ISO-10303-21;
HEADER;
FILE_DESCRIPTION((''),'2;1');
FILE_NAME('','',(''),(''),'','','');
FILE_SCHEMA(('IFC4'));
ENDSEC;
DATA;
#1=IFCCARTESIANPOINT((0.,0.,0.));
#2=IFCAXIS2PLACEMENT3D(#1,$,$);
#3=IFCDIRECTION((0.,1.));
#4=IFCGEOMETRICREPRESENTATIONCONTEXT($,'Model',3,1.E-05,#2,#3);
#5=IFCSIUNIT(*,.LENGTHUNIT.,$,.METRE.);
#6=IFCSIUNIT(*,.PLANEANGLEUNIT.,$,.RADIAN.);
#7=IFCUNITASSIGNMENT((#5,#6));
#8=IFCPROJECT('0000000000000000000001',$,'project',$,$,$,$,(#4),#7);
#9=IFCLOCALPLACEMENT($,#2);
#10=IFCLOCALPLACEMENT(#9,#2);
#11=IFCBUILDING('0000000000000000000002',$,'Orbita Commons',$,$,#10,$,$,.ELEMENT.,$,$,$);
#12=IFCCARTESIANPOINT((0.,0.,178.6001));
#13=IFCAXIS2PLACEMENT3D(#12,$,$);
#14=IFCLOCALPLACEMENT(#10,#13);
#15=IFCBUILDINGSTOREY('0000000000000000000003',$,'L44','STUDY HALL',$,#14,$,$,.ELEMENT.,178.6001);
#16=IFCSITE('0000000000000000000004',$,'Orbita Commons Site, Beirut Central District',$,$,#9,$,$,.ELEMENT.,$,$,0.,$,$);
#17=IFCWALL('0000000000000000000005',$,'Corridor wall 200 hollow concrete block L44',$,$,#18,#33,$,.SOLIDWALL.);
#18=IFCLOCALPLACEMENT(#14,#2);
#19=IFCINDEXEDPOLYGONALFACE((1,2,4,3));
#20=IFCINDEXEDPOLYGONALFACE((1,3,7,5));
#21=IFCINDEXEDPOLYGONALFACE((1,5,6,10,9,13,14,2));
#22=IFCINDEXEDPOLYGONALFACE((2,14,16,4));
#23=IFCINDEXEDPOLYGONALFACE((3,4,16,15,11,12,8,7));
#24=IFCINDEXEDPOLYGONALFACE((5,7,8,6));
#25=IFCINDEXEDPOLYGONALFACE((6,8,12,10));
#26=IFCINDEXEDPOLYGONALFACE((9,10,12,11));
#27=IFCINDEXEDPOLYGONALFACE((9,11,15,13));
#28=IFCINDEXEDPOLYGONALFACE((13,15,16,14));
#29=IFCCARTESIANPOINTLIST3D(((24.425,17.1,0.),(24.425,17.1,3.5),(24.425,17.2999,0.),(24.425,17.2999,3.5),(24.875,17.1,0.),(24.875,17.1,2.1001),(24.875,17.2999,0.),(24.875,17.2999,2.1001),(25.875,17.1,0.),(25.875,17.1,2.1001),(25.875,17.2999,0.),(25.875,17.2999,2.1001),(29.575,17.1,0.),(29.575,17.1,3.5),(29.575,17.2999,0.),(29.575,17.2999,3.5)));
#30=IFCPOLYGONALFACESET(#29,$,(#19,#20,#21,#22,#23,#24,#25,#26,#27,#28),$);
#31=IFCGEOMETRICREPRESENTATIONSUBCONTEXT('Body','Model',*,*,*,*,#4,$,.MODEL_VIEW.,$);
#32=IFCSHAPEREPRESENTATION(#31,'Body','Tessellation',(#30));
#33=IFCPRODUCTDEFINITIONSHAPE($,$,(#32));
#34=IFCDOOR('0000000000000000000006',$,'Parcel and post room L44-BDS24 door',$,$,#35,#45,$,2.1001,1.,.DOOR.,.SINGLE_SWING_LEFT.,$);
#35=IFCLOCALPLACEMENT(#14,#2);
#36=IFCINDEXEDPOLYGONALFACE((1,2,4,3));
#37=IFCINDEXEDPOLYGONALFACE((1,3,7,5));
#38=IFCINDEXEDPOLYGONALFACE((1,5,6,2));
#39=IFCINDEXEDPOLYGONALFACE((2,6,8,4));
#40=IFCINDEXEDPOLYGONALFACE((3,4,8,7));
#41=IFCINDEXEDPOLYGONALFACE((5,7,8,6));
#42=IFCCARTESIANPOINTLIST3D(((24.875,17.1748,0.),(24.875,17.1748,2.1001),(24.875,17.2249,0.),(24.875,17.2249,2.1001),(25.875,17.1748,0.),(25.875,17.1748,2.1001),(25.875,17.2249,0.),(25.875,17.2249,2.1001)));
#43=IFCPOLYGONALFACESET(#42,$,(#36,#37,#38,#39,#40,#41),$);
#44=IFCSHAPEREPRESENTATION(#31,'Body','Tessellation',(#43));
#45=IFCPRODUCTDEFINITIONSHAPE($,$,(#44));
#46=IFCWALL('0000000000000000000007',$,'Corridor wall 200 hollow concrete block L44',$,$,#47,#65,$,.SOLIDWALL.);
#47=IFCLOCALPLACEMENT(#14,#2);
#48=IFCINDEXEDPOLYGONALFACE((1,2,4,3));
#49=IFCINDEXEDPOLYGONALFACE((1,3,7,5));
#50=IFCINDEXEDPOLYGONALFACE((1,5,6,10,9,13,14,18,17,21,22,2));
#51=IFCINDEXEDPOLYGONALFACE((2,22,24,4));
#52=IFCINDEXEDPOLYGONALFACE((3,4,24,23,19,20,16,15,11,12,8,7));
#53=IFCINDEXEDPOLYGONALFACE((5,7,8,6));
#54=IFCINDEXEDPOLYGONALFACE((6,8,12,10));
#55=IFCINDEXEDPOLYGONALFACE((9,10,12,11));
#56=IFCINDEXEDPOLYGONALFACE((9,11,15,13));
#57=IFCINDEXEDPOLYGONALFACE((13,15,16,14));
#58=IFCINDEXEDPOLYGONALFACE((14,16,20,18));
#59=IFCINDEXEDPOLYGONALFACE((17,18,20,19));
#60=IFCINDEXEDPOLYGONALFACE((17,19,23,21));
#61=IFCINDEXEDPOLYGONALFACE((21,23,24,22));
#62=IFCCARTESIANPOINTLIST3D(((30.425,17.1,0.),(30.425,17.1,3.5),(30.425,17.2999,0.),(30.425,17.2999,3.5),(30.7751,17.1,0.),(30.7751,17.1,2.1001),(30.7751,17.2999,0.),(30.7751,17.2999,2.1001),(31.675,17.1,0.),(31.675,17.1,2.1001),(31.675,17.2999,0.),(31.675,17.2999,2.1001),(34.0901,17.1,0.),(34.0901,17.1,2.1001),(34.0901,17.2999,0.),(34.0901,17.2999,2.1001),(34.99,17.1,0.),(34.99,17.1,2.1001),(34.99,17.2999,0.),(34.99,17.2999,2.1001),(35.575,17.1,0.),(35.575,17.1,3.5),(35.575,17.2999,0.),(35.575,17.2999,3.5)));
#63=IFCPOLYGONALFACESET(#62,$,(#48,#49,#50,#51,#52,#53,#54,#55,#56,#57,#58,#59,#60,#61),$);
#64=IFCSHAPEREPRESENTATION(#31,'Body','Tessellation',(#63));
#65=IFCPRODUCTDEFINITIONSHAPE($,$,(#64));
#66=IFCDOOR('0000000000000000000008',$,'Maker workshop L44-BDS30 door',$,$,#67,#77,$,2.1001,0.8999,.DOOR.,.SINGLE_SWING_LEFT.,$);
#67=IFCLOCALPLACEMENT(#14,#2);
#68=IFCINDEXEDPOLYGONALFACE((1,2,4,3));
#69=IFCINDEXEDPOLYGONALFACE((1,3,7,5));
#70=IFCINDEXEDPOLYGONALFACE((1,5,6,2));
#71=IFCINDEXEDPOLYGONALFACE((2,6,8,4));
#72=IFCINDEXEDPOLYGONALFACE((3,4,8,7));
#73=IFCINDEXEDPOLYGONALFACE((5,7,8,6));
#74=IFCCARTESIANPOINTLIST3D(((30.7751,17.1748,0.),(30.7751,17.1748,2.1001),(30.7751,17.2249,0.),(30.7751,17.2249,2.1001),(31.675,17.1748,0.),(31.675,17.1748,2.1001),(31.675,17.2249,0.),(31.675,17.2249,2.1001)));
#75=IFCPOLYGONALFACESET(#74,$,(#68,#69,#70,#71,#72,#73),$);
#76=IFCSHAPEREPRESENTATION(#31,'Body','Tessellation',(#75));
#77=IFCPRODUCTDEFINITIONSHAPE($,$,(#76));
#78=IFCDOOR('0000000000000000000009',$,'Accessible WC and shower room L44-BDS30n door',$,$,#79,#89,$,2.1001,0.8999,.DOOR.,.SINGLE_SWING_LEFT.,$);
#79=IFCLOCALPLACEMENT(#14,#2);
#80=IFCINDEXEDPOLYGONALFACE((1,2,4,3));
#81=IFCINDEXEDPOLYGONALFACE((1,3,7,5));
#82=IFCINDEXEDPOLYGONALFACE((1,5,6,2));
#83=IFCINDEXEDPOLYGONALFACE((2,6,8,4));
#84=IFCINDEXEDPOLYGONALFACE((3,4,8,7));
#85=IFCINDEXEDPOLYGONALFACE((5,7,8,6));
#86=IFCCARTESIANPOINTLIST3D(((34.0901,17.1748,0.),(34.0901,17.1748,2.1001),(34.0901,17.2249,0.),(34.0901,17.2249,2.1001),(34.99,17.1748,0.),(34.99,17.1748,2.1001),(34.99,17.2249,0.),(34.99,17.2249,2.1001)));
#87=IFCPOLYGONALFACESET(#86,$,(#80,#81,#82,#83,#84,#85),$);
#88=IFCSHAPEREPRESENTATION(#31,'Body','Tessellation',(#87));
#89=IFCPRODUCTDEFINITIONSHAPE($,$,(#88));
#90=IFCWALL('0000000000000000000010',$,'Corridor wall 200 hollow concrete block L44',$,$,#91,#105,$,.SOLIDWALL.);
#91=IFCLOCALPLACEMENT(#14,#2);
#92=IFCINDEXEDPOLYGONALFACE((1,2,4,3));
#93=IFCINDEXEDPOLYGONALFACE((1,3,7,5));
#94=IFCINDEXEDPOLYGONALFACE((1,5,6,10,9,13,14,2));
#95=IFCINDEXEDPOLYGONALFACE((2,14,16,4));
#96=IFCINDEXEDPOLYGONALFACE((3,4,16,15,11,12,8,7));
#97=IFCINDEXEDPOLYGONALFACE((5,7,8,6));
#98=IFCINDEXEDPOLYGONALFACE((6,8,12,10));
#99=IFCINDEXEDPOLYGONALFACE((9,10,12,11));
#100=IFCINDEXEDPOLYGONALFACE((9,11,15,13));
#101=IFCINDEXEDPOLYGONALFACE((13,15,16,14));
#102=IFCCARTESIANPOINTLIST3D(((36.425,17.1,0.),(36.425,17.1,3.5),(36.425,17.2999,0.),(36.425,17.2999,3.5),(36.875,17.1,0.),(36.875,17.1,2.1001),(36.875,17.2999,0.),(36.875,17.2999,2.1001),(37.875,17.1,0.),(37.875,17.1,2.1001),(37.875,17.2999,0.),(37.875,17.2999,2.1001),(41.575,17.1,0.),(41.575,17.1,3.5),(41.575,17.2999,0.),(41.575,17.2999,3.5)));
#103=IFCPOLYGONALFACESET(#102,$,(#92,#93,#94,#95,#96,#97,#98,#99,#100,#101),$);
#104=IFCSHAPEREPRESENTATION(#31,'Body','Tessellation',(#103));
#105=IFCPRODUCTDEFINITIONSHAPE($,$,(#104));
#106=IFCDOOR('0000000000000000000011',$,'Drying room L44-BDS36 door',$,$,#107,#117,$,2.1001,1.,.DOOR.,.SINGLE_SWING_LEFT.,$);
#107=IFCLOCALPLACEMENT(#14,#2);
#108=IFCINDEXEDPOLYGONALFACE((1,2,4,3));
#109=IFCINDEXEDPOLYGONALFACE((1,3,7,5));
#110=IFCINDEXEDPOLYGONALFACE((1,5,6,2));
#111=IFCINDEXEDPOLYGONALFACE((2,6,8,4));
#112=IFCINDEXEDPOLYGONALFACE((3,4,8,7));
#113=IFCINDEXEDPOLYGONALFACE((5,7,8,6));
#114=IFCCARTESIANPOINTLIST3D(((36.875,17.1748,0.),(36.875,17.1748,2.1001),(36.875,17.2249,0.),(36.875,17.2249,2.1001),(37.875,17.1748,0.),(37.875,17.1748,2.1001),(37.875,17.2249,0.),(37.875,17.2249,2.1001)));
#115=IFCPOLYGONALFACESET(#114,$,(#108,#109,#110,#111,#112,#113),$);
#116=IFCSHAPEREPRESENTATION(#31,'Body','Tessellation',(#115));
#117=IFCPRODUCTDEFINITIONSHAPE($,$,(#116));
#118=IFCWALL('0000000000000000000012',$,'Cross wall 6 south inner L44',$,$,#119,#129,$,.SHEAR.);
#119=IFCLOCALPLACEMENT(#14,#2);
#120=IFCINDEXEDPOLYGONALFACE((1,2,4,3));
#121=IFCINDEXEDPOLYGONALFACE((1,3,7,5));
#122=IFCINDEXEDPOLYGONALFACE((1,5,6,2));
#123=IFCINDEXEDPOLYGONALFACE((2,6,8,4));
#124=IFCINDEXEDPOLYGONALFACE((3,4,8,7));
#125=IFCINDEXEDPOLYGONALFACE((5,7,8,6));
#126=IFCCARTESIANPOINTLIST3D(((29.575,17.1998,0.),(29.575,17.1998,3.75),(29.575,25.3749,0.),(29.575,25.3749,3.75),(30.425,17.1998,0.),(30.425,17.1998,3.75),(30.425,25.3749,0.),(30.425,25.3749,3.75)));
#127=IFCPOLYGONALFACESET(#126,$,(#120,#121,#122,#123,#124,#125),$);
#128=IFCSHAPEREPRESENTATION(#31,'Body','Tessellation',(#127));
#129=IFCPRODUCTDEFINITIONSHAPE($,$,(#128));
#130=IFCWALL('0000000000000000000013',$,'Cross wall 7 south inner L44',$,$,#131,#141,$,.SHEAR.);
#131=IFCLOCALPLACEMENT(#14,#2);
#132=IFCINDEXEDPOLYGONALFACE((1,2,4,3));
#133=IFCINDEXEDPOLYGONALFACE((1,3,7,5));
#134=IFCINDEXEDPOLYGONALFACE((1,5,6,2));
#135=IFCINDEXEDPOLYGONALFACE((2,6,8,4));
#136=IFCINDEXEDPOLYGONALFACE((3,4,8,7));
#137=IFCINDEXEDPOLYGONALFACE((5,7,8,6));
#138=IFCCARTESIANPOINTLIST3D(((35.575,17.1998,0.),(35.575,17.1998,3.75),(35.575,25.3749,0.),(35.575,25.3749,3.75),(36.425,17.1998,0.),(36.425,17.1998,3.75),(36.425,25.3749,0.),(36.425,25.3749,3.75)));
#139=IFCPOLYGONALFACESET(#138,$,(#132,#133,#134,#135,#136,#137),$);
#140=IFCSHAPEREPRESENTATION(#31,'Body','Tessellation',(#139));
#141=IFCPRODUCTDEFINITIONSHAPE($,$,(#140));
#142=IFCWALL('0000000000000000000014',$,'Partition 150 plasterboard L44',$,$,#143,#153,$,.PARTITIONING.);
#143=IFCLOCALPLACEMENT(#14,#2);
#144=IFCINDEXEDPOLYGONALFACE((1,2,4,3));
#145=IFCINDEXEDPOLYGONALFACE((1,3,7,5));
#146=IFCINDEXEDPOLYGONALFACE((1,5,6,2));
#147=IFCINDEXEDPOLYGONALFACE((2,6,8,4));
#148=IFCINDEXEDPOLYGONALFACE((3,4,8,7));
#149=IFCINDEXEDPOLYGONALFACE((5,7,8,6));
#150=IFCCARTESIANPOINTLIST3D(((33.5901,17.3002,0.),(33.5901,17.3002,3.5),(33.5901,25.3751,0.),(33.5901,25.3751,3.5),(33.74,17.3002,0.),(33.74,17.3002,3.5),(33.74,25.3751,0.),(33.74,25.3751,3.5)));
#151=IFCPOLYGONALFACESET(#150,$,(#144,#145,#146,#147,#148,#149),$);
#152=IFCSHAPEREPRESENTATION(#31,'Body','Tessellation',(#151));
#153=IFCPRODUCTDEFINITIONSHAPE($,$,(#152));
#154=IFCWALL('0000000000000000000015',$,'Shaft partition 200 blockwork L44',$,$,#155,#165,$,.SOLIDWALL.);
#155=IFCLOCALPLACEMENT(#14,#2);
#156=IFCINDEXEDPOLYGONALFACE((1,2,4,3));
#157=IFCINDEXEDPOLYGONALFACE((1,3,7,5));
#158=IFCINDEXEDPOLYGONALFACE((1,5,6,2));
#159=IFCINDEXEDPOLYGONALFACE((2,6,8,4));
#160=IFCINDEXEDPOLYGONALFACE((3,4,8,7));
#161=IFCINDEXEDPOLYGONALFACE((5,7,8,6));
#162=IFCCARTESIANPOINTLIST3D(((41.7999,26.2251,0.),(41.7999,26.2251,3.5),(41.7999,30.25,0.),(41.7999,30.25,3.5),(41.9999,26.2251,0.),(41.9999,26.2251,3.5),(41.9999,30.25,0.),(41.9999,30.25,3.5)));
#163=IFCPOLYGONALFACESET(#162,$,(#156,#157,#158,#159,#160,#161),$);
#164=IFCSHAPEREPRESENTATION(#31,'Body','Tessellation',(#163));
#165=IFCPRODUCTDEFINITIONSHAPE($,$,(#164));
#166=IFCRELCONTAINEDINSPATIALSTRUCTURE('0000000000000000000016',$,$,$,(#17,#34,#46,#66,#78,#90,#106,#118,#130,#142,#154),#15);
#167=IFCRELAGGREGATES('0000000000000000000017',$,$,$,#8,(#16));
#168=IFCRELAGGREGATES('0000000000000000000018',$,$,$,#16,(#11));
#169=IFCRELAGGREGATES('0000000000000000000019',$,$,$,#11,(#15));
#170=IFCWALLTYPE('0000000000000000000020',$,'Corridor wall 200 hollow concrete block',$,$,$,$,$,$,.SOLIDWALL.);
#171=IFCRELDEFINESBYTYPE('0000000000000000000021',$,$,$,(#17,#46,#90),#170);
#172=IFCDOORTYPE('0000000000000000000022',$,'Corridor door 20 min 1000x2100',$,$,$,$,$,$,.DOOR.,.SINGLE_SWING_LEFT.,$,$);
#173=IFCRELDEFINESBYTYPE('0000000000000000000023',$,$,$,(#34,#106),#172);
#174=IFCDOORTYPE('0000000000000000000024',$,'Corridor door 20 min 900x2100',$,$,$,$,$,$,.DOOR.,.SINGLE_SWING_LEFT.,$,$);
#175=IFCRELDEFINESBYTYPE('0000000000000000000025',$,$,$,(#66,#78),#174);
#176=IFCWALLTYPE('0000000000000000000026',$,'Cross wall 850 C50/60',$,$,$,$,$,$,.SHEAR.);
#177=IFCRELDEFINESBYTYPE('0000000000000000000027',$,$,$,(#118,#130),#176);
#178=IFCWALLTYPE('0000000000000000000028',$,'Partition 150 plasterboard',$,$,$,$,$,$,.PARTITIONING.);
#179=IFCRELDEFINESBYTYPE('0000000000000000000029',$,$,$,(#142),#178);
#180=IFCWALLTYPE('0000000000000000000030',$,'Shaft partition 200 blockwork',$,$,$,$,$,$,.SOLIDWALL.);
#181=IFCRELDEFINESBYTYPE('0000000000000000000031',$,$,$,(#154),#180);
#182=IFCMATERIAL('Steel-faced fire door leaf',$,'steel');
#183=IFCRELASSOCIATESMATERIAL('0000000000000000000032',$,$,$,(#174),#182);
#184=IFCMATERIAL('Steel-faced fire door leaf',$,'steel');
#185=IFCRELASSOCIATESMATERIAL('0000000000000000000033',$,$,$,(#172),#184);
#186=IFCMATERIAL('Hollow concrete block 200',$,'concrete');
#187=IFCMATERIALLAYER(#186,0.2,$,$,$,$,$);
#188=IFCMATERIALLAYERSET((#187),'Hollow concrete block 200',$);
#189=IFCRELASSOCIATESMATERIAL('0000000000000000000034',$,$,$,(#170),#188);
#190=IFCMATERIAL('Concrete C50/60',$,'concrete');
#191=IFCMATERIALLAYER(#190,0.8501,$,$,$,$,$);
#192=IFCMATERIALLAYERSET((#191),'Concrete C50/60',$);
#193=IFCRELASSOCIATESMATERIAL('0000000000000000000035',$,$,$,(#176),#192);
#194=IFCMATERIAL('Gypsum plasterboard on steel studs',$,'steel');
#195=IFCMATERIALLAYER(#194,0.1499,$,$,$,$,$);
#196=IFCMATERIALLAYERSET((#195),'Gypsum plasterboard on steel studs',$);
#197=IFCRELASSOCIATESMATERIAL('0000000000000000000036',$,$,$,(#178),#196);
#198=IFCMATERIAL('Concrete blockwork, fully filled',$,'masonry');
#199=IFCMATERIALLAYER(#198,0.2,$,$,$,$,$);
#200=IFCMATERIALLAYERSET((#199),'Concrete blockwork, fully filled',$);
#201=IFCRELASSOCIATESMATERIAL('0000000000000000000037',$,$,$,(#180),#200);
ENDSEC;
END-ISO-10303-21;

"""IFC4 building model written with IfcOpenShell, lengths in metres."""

from ifc_helpers import new_model, si_unit, direction, frame, frame_2d, origin, place, context, subcontext, project, spatial, rectangle, extrude, material, layer, layer_set, type_object, element, fill, save


model = new_model("IFC4")

# Units and contexts
model_context = context("Model", 3, precision=1e-05, world=origin(), true_north=direction((0.0, 1.0)))
body_context = subcontext(model_context, "Body", "Model", "MODEL_VIEW")
ifc_project = project(units=[si_unit("LENGTHUNIT", "METRE"), si_unit("PLANEANGLEUNIT", "RADIAN")], contexts=[model_context])

# Site, building, storey
site_placement = place(None, origin())
site = spatial("IfcSite", under=ifc_project, at=site_placement, Name="Orbita Commons Site, Beirut Central District", CompositionType="ELEMENT", RefElevation=0.0)
building_placement = place(site_placement, origin())
building = spatial("IfcBuilding", under=site, at=building_placement, Name="Orbita Commons", CompositionType="ELEMENT")
storey_placement = place(building_placement, frame((0.0, 0.0, 178.6001)))
storey = spatial("IfcBuildingStorey", under=building, at=storey_placement, Name="L44", Description="STUDY HALL", CompositionType="ELEMENT", Elevation=178.6001)

# Wall, opening, door
ifc_material_1 = material(Name="Steel-faced fire door leaf", Category="steel")
door_type_1 = type_object("IfcDoorType", Name="Corridor door 20 min 900x2100", OperationType="SINGLE_SWING_LEFT", PredefinedType="DOOR", material=ifc_material_1)
ifc_material_2 = material(Name="Steel-faced fire door leaf", Category="steel")
door_type_2 = type_object("IfcDoorType", Name="Corridor door 20 min 1000x2100", OperationType="SINGLE_SWING_LEFT", PredefinedType="DOOR", material=ifc_material_2)
ifc_material_3 = material(Name="Hollow concrete block 200", Category="concrete")
ifc_layer_1 = layer(ifc_material_3, 0.2)
ifc_layer_set_1 = layer_set([ifc_layer_1], Name="Hollow concrete block 200")
wall_type_1 = type_object("IfcWallType", Name="Corridor wall 200 hollow concrete block", PredefinedType="SOLIDWALL", material=ifc_layer_set_1)
wall_1_placement = place(storey_placement, frame((24.425, 17.2, 0.0), z_axis=(0.0, 0.0, 1.0), x_axis=(1.0, 0.0, 0.0)))
wall_1 = element("IfcWall", 1, at=wall_1_placement, inside=storey, type_object=wall_type_1, Name="Corridor wall 200 hollow concrete block L44", PredefinedType="SOLIDWALL", context=body_context, shape_type="SweptSolid", body=[
    extrude(rectangle(XDim=5.1499, YDim=0.2, at=frame_2d((2.575, 0.0))), origin(), (0.0, 0.0, 1.0), 3.5),
])
opening_1_placement = place(wall_1_placement, frame((0.45, 0.0, 0.0)))
opening_1 = element("IfcOpeningElement", 2, at=opening_1_placement, cuts=wall_1, PredefinedType="OPENING", context=body_context, shape_type="SweptSolid", body=[
    extrude(rectangle(XDim=1.0, YDim=2.1001, at=frame_2d((0.5, 1.05))), frame((0.0, 0.1099, 0.0), z_axis=(0.0, -1.0, 0.0), x_axis=(1.0, 0.0, 0.0)), (0.0, 0.0, 1.0), 0.22),
])
door_1_placement = place(opening_1_placement, origin())
door_1 = element("IfcDoor", 3, at=door_1_placement, inside=storey, type_object=door_type_2, Name="Parcel and post room L44-BDS24 door", OperationType="SINGLE_SWING_LEFT", OverallHeight=2.1001, OverallWidth=1.0, PredefinedType="DOOR", context=body_context, shape_type="SweptSolid", body=[
    extrude(rectangle(XDim=1.0, YDim=2.1001, at=frame_2d((0.5, 1.05))), frame((0.0, 0.0249, 0.0), z_axis=(0.0, -1.0, 0.0), x_axis=(1.0, 0.0, 0.0)), (0.0, 0.0, 1.0), 0.05),
])
fill(opening_1, door_1)

# Wall, openings, doors
wall_2_placement = place(storey_placement, frame((30.425, 17.2, 0.0), z_axis=(0.0, 0.0, 1.0), x_axis=(1.0, 0.0, 0.0)))
wall_2 = element("IfcWall", 4, at=wall_2_placement, inside=storey, type_object=wall_type_1, Name="Corridor wall 200 hollow concrete block L44", PredefinedType="SOLIDWALL", context=body_context, shape_type="SweptSolid", body=[
    extrude(rectangle(XDim=5.1499, YDim=0.2, at=frame_2d((2.575, 0.0))), origin(), (0.0, 0.0, 1.0), 3.5),
])
opening_2_placement = place(wall_2_placement, frame((0.3501, 0.0, 0.0)))
opening_2 = element("IfcOpeningElement", 5, at=opening_2_placement, cuts=wall_2, PredefinedType="OPENING", context=body_context, shape_type="SweptSolid", body=[
    extrude(rectangle(XDim=0.8999, YDim=2.1001, at=frame_2d((0.45, 1.05))), frame((0.0, 0.1099, 0.0), z_axis=(0.0, -1.0, 0.0), x_axis=(1.0, 0.0, 0.0)), (0.0, 0.0, 1.0), 0.22),
])
opening_3_placement = place(wall_2_placement, frame((3.665, 0.0, 0.0)))
opening_3 = element("IfcOpeningElement", 6, at=opening_3_placement, cuts=wall_2, PredefinedType="OPENING", context=body_context, shape_type="SweptSolid", body=[
    extrude(rectangle(XDim=0.8999, YDim=2.1001, at=frame_2d((0.45, 1.05))), frame((0.0, 0.1099, 0.0), z_axis=(0.0, -1.0, 0.0), x_axis=(1.0, 0.0, 0.0)), (0.0, 0.0, 1.0), 0.22),
])
door_2_placement = place(opening_2_placement, origin())
door_2 = element("IfcDoor", 7, at=door_2_placement, inside=storey, type_object=door_type_1, Name="Maker workshop L44-BDS30 door", OperationType="SINGLE_SWING_LEFT", OverallHeight=2.1001, OverallWidth=0.8999, PredefinedType="DOOR", context=body_context, shape_type="SweptSolid", body=[
    extrude(rectangle(XDim=0.8999, YDim=2.1001, at=frame_2d((0.45, 1.05))), frame((0.0, 0.0249, 0.0), z_axis=(0.0, -1.0, 0.0), x_axis=(1.0, 0.0, 0.0)), (0.0, 0.0, 1.0), 0.05),
])
fill(opening_2, door_2)
door_3_placement = place(opening_3_placement, origin())
door_3 = element("IfcDoor", 8, at=door_3_placement, inside=storey, type_object=door_type_1, Name="Accessible WC and shower room L44-BDS30n door", OperationType="SINGLE_SWING_LEFT", OverallHeight=2.1001, OverallWidth=0.8999, PredefinedType="DOOR", context=body_context, shape_type="SweptSolid", body=[
    extrude(rectangle(XDim=0.8999, YDim=2.1001, at=frame_2d((0.45, 1.05))), frame((0.0, 0.0249, 0.0), z_axis=(0.0, -1.0, 0.0), x_axis=(1.0, 0.0, 0.0)), (0.0, 0.0, 1.0), 0.05),
])
fill(opening_3, door_3)

# Wall, opening, door
wall_3_placement = place(storey_placement, frame((36.425, 17.2, 0.0), z_axis=(0.0, 0.0, 1.0), x_axis=(1.0, 0.0, 0.0)))
wall_3 = element("IfcWall", 9, at=wall_3_placement, inside=storey, type_object=wall_type_1, Name="Corridor wall 200 hollow concrete block L44", PredefinedType="SOLIDWALL", context=body_context, shape_type="SweptSolid", body=[
    extrude(rectangle(XDim=5.1499, YDim=0.2, at=frame_2d((2.575, 0.0))), origin(), (0.0, 0.0, 1.0), 3.5),
])
opening_4_placement = place(wall_3_placement, frame((0.45, 0.0, 0.0)))
opening_4 = element("IfcOpeningElement", 10, at=opening_4_placement, cuts=wall_3, PredefinedType="OPENING", context=body_context, shape_type="SweptSolid", body=[
    extrude(rectangle(XDim=1.0, YDim=2.1001, at=frame_2d((0.5, 1.05))), frame((0.0, 0.1099, 0.0), z_axis=(0.0, -1.0, 0.0), x_axis=(1.0, 0.0, 0.0)), (0.0, 0.0, 1.0), 0.22),
])
door_4_placement = place(opening_4_placement, origin())
door_4 = element("IfcDoor", 11, at=door_4_placement, inside=storey, type_object=door_type_2, Name="Drying room L44-BDS36 door", OperationType="SINGLE_SWING_LEFT", OverallHeight=2.1001, OverallWidth=1.0, PredefinedType="DOOR", context=body_context, shape_type="SweptSolid", body=[
    extrude(rectangle(XDim=1.0, YDim=2.1001, at=frame_2d((0.5, 1.05))), frame((0.0, 0.0249, 0.0), z_axis=(0.0, -1.0, 0.0), x_axis=(1.0, 0.0, 0.0)), (0.0, 0.0, 1.0), 0.05),
])
fill(opening_4, door_4)

# Walls
ifc_material_4 = material(Name="Concrete C50/60", Category="concrete")
ifc_layer_2 = layer(ifc_material_4, 0.8501)
ifc_layer_set_2 = layer_set([ifc_layer_2], Name="Concrete C50/60")
wall_type_2 = type_object("IfcWallType", Name="Cross wall 850 C50/60", PredefinedType="SHEAR", material=ifc_layer_set_2)
for number, where, z_axis, x_axis, name in (
    (12, (30.0, 17.2, 0.0), (0.0, 0.0, 1.0), (0.0, 1.0, 0.0), "Cross wall 6 south inner L44"),
    (13, (36.0, 17.2, 0.0), (0.0, 0.0, 1.0), (0.0, 1.0, 0.0), "Cross wall 7 south inner L44"),
):
    element("IfcWall", number, at=place(storey_placement, frame(where, z_axis=z_axis, x_axis=x_axis)), inside=storey, type_object=wall_type_2, Name=name, PredefinedType="SHEAR", context=body_context, shape_type="SweptSolid", body=[
        extrude(rectangle(XDim=8.175, YDim=0.8501, at=frame_2d((4.0874, 0.0))), origin(), (0.0, 0.0, 1.0), 3.75),
    ])
ifc_material_5 = material(Name="Gypsum plasterboard on steel studs", Category="steel")
ifc_layer_3 = layer(ifc_material_5, 0.1499)
ifc_layer_set_3 = layer_set([ifc_layer_3], Name="Gypsum plasterboard on steel studs")
wall_type_3 = type_object("IfcWallType", Name="Partition 150 plasterboard", PredefinedType="PARTITIONING", material=ifc_layer_set_3)
wall_4_placement = place(storey_placement, frame((33.665, 17.3, 0.0), z_axis=(0.0, 0.0, 1.0), x_axis=(0.0, 1.0, 0.0)))
element("IfcWall", 14, at=wall_4_placement, inside=storey, type_object=wall_type_3, Name="Partition 150 plasterboard L44", PredefinedType="PARTITIONING", context=body_context, shape_type="SweptSolid", body=[
    extrude(rectangle(XDim=8.075, YDim=0.1499, at=frame_2d((4.0376, 0.0))), origin(), (0.0, 0.0, 1.0), 3.5),
])
ifc_material_6 = material(Name="Concrete blockwork, fully filled", Category="masonry")
ifc_layer_4 = layer(ifc_material_6, 0.2)
ifc_layer_set_4 = layer_set([ifc_layer_4], Name="Concrete blockwork, fully filled")
wall_type_4 = type_object("IfcWallType", Name="Shaft partition 200 blockwork", PredefinedType="SOLIDWALL", material=ifc_layer_set_4)
wall_5_placement = place(storey_placement, frame((41.8999, 26.2251, 0.0), z_axis=(0.0, 0.0, 1.0), x_axis=(0.0, 1.0, 0.0)))
element("IfcWall", 15, at=wall_5_placement, inside=storey, type_object=wall_type_4, Name="Shaft partition 200 blockwork L44", PredefinedType="SOLIDWALL", context=body_context, shape_type="SweptSolid", body=[
    extrude(rectangle(XDim=4.0249, YDim=0.2, at=frame_2d((2.0125, 0.0))), origin(), (0.0, 0.0, 1.0), 3.5),
])

save(model, "model.ifc")
